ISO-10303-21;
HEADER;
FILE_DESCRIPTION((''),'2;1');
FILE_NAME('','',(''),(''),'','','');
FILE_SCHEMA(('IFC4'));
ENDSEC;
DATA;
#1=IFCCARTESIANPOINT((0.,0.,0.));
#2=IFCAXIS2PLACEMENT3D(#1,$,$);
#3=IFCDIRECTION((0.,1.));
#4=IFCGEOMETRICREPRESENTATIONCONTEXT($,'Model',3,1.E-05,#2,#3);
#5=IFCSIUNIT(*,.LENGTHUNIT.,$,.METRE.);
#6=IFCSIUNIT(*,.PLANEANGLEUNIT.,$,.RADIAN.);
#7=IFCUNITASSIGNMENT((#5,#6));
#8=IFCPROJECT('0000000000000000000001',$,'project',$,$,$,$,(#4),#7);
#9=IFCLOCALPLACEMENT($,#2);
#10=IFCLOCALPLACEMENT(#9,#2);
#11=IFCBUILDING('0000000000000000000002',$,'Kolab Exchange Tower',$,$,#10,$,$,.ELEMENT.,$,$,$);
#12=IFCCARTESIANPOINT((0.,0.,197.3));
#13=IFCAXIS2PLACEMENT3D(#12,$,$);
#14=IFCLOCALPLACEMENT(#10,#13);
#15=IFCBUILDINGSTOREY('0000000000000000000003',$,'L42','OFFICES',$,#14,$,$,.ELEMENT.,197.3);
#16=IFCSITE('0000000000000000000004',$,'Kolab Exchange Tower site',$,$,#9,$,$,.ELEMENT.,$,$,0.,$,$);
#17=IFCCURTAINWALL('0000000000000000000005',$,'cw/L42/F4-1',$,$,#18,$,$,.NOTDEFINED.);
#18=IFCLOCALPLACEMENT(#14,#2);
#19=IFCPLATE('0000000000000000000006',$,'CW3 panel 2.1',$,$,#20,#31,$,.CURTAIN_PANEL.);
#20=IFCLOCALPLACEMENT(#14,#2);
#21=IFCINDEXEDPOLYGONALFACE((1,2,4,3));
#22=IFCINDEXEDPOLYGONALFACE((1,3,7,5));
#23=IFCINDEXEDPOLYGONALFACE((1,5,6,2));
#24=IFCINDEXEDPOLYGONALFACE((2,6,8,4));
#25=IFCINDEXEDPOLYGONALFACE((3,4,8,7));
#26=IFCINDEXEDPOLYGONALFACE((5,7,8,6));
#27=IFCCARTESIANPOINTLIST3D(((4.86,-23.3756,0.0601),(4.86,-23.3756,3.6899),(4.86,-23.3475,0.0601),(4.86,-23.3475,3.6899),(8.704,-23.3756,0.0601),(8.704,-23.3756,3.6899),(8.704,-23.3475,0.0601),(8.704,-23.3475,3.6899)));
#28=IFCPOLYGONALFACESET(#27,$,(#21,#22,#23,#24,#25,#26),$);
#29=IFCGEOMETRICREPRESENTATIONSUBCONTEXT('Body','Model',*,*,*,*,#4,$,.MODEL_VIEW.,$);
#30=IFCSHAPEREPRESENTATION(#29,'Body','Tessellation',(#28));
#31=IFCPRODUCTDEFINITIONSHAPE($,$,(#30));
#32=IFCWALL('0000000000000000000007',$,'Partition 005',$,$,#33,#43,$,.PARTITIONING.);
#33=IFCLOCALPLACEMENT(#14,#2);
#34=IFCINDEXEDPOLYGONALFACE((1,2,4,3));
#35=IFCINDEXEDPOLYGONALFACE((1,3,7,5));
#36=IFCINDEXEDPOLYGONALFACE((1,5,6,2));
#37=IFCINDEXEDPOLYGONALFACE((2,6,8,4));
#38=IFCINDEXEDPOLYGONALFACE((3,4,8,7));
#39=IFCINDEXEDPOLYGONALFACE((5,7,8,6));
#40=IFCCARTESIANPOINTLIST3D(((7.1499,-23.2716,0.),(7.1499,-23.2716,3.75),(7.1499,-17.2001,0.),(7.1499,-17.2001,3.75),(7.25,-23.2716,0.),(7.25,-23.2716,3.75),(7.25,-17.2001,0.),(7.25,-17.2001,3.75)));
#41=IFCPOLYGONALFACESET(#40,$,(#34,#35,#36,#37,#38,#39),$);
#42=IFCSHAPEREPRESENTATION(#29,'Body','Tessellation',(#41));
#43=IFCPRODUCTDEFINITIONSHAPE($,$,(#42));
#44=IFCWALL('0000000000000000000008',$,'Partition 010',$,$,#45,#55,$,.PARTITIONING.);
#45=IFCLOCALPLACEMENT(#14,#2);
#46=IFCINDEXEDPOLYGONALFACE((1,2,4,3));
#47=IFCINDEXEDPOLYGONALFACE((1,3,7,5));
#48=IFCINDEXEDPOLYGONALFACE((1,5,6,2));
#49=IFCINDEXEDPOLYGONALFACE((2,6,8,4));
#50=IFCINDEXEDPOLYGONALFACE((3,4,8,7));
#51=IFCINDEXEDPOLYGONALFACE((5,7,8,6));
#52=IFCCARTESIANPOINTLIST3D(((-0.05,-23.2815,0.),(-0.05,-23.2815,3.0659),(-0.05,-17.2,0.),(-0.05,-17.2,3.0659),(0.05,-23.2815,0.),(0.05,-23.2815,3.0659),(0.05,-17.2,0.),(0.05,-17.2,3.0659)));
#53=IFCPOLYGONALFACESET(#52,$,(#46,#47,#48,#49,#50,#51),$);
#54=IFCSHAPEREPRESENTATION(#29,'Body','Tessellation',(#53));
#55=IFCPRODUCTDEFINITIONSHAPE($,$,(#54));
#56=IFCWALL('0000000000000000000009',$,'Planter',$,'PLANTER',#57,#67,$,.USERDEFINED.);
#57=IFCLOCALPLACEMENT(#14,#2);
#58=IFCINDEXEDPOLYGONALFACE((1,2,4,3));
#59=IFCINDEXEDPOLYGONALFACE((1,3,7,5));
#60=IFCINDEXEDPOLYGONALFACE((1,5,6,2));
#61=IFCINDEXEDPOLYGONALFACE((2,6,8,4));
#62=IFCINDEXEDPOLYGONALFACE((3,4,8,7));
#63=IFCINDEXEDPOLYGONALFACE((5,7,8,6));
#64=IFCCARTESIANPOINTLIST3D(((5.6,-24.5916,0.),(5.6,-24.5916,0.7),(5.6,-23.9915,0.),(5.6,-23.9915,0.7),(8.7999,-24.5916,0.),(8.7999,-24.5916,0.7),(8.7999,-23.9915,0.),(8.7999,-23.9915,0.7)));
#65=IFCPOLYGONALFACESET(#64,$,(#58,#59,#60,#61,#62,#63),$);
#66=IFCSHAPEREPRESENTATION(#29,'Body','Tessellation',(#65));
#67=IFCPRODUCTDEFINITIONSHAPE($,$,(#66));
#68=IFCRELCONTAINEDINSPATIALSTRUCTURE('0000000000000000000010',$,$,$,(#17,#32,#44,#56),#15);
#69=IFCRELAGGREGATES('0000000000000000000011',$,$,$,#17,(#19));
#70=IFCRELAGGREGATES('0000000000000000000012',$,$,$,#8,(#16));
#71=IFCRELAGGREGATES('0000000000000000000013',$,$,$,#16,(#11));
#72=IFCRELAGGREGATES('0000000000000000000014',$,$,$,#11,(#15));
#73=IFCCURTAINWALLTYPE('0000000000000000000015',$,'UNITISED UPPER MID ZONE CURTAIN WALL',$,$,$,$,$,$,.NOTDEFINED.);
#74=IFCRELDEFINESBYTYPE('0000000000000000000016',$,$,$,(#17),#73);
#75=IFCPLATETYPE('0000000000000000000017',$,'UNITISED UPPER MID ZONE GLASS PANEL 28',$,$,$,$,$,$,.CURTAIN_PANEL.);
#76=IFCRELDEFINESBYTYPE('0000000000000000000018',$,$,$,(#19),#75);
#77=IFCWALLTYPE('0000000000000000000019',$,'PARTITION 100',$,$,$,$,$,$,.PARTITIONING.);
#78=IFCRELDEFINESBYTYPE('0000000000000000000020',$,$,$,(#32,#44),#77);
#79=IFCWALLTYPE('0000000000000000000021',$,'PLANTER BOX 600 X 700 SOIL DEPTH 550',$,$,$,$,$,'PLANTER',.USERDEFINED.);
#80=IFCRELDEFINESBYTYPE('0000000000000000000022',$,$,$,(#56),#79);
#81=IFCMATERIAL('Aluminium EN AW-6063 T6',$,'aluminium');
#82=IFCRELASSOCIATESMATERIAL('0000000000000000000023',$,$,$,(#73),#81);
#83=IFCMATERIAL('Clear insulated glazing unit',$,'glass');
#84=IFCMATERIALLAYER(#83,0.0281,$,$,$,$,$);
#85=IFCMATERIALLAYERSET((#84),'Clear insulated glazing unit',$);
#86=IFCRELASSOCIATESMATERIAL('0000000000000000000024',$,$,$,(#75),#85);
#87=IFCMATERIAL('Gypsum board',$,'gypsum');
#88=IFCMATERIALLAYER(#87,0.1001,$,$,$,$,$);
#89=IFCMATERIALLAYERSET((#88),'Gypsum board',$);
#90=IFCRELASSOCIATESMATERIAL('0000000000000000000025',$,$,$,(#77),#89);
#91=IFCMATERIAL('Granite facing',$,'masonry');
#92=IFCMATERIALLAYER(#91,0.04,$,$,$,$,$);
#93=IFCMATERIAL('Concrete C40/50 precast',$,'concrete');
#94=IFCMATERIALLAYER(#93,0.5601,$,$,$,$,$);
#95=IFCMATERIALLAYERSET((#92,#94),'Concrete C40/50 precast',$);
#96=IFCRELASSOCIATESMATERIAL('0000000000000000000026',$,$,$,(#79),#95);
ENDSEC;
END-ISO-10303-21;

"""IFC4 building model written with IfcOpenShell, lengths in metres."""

from ifc_helpers import new_model, si_unit, direction, frame, frame_2d, origin, origin_2d, place, context, subcontext, project, spatial, rectangle, extrude, material, layer, layer_set, type_object, element, aggregate, save


model = new_model("IFC4")

# Units and contexts
model_context = context("Model", 3, precision=1e-05, world=origin(), true_north=direction((0.0, 1.0)))
body_context = subcontext(model_context, "Body", "Model", "MODEL_VIEW")
ifc_project = project(units=[si_unit("LENGTHUNIT", "METRE"), si_unit("PLANEANGLEUNIT", "RADIAN")], contexts=[model_context])

# Site, building, storey
site_placement = place(None, origin())
site = spatial("IfcSite", under=ifc_project, at=site_placement, Name="Kolab Exchange Tower site", CompositionType="ELEMENT", RefElevation=0.0)
building_placement = place(site_placement, origin())
building = spatial("IfcBuilding", under=site, at=building_placement, Name="Kolab Exchange Tower", CompositionType="ELEMENT")
storey_placement = place(building_placement, frame((0.0, 0.0, 197.3)))
storey = spatial("IfcBuildingStorey", under=building, at=storey_placement, Name="L42", Description="OFFICES", CompositionType="ELEMENT", Elevation=197.3)

# Shared definitions
ifc_material_1 = material(Name="Aluminium EN AW-6063 T6", Category="aluminium")
curtain_wall_type = type_object("IfcCurtainWallType", Name="UNITISED UPPER MID ZONE CURTAIN WALL", PredefinedType="NOTDEFINED", material=ifc_material_1)

# Curtain wall
curtain_wall_1_placement = place(storey_placement, origin())
curtain_wall_1 = element("IfcCurtainWall", 1, at=curtain_wall_1_placement, inside=storey, type_object=curtain_wall_type, Name="cw/L42/F4-1", PredefinedType="NOTDEFINED")

# Plate
ifc_material_2 = material(Name="Clear insulated glazing unit", Category="glass")
ifc_layer_1 = layer(ifc_material_2, 0.0281)
ifc_layer_set_1 = layer_set([ifc_layer_1], Name="Clear insulated glazing unit")
plate_type = type_object("IfcPlateType", Name="UNITISED UPPER MID ZONE GLASS PANEL 28", PredefinedType="CURTAIN_PANEL", material=ifc_layer_set_1)
plate_1_placement = place(storey_placement, frame((6.782, -23.3616, 0.0601), z_axis=(0.0, 0.0, 1.0), x_axis=(-1.0, 0.0, 0.0)))
plate_1 = element("IfcPlate", 2, at=plate_1_placement, type_object=plate_type, Name="CW3 panel 2.1", PredefinedType="CURTAIN_PANEL", context=body_context, shape_type="SweptSolid", body=[
    extrude(rectangle(XDim=3.844, YDim=0.0281, at=origin_2d()), origin(), (0.0, 0.0, 1.0), 3.6299),
])
aggregate(curtain_wall_1, [plate_1])

# Walls
ifc_material_3 = material(Name="Gypsum board", Category="gypsum")
ifc_layer_2 = layer(ifc_material_3, 0.1001)
ifc_layer_set_2 = layer_set([ifc_layer_2], Name="Gypsum board")
wall_type_1 = type_object("IfcWallType", Name="PARTITION 100", PredefinedType="PARTITIONING", material=ifc_layer_set_2)
wall_1_placement = place(storey_placement, frame((7.2, -23.2715, 0.0), z_axis=(0.0, 0.0, 1.0), x_axis=(0.0, 1.0, 0.0)))
element("IfcWall", 3, at=wall_1_placement, inside=storey, type_object=wall_type_1, Name="Partition 005", PredefinedType="PARTITIONING", context=body_context, shape_type="SweptSolid", body=[
    extrude(rectangle(XDim=6.0715, YDim=0.1001, at=frame_2d((3.0356, 0.0))), origin(), (0.0, 0.0, 1.0), 3.75),
])
wall_2_placement = place(storey_placement, frame((0.0, -23.2815, 0.0), z_axis=(0.0, 0.0, 1.0), x_axis=(0.0, 1.0, 0.0)))
element("IfcWall", 4, at=wall_2_placement, inside=storey, type_object=wall_type_1, Name="Partition 010", PredefinedType="PARTITIONING", context=body_context, shape_type="SweptSolid", body=[
    extrude(rectangle(XDim=6.0815, YDim=0.1001, at=frame_2d((3.0408, 0.0))), origin(), (0.0, 0.0, 1.0), 3.0659),
])
ifc_material_4 = material(Name="Granite facing", Category="masonry")
ifc_layer_3 = layer(ifc_material_4, 0.04)
ifc_material_5 = material(Name="Concrete C40/50 precast", Category="concrete")
ifc_layer_4 = layer(ifc_material_5, 0.5601)
ifc_layer_set_3 = layer_set([ifc_layer_3, ifc_layer_4], Name="Concrete C40/50 precast")
wall_type_2 = type_object("IfcWallType", Name="PLANTER BOX 600 X 700 SOIL DEPTH 550", ElementType="PLANTER", PredefinedType="USERDEFINED", material=ifc_layer_set_3)
wall_3_placement = place(storey_placement, frame((8.8, -24.2915, 0.0), z_axis=(0.0, 0.0, 1.0), x_axis=(-1.0, 0.0, 0.0)))
element("IfcWall", 5, at=wall_3_placement, inside=storey, type_object=wall_type_2, Name="Planter", ObjectType="PLANTER", PredefinedType="USERDEFINED", context=body_context, shape_type="SweptSolid", body=[
    extrude(rectangle(XDim=3.2, YDim=0.6001, at=frame_2d((1.6001, 0.0))), origin(), (0.0, 0.0, 1.0), 0.7),
])

save(model, "model.ifc")
